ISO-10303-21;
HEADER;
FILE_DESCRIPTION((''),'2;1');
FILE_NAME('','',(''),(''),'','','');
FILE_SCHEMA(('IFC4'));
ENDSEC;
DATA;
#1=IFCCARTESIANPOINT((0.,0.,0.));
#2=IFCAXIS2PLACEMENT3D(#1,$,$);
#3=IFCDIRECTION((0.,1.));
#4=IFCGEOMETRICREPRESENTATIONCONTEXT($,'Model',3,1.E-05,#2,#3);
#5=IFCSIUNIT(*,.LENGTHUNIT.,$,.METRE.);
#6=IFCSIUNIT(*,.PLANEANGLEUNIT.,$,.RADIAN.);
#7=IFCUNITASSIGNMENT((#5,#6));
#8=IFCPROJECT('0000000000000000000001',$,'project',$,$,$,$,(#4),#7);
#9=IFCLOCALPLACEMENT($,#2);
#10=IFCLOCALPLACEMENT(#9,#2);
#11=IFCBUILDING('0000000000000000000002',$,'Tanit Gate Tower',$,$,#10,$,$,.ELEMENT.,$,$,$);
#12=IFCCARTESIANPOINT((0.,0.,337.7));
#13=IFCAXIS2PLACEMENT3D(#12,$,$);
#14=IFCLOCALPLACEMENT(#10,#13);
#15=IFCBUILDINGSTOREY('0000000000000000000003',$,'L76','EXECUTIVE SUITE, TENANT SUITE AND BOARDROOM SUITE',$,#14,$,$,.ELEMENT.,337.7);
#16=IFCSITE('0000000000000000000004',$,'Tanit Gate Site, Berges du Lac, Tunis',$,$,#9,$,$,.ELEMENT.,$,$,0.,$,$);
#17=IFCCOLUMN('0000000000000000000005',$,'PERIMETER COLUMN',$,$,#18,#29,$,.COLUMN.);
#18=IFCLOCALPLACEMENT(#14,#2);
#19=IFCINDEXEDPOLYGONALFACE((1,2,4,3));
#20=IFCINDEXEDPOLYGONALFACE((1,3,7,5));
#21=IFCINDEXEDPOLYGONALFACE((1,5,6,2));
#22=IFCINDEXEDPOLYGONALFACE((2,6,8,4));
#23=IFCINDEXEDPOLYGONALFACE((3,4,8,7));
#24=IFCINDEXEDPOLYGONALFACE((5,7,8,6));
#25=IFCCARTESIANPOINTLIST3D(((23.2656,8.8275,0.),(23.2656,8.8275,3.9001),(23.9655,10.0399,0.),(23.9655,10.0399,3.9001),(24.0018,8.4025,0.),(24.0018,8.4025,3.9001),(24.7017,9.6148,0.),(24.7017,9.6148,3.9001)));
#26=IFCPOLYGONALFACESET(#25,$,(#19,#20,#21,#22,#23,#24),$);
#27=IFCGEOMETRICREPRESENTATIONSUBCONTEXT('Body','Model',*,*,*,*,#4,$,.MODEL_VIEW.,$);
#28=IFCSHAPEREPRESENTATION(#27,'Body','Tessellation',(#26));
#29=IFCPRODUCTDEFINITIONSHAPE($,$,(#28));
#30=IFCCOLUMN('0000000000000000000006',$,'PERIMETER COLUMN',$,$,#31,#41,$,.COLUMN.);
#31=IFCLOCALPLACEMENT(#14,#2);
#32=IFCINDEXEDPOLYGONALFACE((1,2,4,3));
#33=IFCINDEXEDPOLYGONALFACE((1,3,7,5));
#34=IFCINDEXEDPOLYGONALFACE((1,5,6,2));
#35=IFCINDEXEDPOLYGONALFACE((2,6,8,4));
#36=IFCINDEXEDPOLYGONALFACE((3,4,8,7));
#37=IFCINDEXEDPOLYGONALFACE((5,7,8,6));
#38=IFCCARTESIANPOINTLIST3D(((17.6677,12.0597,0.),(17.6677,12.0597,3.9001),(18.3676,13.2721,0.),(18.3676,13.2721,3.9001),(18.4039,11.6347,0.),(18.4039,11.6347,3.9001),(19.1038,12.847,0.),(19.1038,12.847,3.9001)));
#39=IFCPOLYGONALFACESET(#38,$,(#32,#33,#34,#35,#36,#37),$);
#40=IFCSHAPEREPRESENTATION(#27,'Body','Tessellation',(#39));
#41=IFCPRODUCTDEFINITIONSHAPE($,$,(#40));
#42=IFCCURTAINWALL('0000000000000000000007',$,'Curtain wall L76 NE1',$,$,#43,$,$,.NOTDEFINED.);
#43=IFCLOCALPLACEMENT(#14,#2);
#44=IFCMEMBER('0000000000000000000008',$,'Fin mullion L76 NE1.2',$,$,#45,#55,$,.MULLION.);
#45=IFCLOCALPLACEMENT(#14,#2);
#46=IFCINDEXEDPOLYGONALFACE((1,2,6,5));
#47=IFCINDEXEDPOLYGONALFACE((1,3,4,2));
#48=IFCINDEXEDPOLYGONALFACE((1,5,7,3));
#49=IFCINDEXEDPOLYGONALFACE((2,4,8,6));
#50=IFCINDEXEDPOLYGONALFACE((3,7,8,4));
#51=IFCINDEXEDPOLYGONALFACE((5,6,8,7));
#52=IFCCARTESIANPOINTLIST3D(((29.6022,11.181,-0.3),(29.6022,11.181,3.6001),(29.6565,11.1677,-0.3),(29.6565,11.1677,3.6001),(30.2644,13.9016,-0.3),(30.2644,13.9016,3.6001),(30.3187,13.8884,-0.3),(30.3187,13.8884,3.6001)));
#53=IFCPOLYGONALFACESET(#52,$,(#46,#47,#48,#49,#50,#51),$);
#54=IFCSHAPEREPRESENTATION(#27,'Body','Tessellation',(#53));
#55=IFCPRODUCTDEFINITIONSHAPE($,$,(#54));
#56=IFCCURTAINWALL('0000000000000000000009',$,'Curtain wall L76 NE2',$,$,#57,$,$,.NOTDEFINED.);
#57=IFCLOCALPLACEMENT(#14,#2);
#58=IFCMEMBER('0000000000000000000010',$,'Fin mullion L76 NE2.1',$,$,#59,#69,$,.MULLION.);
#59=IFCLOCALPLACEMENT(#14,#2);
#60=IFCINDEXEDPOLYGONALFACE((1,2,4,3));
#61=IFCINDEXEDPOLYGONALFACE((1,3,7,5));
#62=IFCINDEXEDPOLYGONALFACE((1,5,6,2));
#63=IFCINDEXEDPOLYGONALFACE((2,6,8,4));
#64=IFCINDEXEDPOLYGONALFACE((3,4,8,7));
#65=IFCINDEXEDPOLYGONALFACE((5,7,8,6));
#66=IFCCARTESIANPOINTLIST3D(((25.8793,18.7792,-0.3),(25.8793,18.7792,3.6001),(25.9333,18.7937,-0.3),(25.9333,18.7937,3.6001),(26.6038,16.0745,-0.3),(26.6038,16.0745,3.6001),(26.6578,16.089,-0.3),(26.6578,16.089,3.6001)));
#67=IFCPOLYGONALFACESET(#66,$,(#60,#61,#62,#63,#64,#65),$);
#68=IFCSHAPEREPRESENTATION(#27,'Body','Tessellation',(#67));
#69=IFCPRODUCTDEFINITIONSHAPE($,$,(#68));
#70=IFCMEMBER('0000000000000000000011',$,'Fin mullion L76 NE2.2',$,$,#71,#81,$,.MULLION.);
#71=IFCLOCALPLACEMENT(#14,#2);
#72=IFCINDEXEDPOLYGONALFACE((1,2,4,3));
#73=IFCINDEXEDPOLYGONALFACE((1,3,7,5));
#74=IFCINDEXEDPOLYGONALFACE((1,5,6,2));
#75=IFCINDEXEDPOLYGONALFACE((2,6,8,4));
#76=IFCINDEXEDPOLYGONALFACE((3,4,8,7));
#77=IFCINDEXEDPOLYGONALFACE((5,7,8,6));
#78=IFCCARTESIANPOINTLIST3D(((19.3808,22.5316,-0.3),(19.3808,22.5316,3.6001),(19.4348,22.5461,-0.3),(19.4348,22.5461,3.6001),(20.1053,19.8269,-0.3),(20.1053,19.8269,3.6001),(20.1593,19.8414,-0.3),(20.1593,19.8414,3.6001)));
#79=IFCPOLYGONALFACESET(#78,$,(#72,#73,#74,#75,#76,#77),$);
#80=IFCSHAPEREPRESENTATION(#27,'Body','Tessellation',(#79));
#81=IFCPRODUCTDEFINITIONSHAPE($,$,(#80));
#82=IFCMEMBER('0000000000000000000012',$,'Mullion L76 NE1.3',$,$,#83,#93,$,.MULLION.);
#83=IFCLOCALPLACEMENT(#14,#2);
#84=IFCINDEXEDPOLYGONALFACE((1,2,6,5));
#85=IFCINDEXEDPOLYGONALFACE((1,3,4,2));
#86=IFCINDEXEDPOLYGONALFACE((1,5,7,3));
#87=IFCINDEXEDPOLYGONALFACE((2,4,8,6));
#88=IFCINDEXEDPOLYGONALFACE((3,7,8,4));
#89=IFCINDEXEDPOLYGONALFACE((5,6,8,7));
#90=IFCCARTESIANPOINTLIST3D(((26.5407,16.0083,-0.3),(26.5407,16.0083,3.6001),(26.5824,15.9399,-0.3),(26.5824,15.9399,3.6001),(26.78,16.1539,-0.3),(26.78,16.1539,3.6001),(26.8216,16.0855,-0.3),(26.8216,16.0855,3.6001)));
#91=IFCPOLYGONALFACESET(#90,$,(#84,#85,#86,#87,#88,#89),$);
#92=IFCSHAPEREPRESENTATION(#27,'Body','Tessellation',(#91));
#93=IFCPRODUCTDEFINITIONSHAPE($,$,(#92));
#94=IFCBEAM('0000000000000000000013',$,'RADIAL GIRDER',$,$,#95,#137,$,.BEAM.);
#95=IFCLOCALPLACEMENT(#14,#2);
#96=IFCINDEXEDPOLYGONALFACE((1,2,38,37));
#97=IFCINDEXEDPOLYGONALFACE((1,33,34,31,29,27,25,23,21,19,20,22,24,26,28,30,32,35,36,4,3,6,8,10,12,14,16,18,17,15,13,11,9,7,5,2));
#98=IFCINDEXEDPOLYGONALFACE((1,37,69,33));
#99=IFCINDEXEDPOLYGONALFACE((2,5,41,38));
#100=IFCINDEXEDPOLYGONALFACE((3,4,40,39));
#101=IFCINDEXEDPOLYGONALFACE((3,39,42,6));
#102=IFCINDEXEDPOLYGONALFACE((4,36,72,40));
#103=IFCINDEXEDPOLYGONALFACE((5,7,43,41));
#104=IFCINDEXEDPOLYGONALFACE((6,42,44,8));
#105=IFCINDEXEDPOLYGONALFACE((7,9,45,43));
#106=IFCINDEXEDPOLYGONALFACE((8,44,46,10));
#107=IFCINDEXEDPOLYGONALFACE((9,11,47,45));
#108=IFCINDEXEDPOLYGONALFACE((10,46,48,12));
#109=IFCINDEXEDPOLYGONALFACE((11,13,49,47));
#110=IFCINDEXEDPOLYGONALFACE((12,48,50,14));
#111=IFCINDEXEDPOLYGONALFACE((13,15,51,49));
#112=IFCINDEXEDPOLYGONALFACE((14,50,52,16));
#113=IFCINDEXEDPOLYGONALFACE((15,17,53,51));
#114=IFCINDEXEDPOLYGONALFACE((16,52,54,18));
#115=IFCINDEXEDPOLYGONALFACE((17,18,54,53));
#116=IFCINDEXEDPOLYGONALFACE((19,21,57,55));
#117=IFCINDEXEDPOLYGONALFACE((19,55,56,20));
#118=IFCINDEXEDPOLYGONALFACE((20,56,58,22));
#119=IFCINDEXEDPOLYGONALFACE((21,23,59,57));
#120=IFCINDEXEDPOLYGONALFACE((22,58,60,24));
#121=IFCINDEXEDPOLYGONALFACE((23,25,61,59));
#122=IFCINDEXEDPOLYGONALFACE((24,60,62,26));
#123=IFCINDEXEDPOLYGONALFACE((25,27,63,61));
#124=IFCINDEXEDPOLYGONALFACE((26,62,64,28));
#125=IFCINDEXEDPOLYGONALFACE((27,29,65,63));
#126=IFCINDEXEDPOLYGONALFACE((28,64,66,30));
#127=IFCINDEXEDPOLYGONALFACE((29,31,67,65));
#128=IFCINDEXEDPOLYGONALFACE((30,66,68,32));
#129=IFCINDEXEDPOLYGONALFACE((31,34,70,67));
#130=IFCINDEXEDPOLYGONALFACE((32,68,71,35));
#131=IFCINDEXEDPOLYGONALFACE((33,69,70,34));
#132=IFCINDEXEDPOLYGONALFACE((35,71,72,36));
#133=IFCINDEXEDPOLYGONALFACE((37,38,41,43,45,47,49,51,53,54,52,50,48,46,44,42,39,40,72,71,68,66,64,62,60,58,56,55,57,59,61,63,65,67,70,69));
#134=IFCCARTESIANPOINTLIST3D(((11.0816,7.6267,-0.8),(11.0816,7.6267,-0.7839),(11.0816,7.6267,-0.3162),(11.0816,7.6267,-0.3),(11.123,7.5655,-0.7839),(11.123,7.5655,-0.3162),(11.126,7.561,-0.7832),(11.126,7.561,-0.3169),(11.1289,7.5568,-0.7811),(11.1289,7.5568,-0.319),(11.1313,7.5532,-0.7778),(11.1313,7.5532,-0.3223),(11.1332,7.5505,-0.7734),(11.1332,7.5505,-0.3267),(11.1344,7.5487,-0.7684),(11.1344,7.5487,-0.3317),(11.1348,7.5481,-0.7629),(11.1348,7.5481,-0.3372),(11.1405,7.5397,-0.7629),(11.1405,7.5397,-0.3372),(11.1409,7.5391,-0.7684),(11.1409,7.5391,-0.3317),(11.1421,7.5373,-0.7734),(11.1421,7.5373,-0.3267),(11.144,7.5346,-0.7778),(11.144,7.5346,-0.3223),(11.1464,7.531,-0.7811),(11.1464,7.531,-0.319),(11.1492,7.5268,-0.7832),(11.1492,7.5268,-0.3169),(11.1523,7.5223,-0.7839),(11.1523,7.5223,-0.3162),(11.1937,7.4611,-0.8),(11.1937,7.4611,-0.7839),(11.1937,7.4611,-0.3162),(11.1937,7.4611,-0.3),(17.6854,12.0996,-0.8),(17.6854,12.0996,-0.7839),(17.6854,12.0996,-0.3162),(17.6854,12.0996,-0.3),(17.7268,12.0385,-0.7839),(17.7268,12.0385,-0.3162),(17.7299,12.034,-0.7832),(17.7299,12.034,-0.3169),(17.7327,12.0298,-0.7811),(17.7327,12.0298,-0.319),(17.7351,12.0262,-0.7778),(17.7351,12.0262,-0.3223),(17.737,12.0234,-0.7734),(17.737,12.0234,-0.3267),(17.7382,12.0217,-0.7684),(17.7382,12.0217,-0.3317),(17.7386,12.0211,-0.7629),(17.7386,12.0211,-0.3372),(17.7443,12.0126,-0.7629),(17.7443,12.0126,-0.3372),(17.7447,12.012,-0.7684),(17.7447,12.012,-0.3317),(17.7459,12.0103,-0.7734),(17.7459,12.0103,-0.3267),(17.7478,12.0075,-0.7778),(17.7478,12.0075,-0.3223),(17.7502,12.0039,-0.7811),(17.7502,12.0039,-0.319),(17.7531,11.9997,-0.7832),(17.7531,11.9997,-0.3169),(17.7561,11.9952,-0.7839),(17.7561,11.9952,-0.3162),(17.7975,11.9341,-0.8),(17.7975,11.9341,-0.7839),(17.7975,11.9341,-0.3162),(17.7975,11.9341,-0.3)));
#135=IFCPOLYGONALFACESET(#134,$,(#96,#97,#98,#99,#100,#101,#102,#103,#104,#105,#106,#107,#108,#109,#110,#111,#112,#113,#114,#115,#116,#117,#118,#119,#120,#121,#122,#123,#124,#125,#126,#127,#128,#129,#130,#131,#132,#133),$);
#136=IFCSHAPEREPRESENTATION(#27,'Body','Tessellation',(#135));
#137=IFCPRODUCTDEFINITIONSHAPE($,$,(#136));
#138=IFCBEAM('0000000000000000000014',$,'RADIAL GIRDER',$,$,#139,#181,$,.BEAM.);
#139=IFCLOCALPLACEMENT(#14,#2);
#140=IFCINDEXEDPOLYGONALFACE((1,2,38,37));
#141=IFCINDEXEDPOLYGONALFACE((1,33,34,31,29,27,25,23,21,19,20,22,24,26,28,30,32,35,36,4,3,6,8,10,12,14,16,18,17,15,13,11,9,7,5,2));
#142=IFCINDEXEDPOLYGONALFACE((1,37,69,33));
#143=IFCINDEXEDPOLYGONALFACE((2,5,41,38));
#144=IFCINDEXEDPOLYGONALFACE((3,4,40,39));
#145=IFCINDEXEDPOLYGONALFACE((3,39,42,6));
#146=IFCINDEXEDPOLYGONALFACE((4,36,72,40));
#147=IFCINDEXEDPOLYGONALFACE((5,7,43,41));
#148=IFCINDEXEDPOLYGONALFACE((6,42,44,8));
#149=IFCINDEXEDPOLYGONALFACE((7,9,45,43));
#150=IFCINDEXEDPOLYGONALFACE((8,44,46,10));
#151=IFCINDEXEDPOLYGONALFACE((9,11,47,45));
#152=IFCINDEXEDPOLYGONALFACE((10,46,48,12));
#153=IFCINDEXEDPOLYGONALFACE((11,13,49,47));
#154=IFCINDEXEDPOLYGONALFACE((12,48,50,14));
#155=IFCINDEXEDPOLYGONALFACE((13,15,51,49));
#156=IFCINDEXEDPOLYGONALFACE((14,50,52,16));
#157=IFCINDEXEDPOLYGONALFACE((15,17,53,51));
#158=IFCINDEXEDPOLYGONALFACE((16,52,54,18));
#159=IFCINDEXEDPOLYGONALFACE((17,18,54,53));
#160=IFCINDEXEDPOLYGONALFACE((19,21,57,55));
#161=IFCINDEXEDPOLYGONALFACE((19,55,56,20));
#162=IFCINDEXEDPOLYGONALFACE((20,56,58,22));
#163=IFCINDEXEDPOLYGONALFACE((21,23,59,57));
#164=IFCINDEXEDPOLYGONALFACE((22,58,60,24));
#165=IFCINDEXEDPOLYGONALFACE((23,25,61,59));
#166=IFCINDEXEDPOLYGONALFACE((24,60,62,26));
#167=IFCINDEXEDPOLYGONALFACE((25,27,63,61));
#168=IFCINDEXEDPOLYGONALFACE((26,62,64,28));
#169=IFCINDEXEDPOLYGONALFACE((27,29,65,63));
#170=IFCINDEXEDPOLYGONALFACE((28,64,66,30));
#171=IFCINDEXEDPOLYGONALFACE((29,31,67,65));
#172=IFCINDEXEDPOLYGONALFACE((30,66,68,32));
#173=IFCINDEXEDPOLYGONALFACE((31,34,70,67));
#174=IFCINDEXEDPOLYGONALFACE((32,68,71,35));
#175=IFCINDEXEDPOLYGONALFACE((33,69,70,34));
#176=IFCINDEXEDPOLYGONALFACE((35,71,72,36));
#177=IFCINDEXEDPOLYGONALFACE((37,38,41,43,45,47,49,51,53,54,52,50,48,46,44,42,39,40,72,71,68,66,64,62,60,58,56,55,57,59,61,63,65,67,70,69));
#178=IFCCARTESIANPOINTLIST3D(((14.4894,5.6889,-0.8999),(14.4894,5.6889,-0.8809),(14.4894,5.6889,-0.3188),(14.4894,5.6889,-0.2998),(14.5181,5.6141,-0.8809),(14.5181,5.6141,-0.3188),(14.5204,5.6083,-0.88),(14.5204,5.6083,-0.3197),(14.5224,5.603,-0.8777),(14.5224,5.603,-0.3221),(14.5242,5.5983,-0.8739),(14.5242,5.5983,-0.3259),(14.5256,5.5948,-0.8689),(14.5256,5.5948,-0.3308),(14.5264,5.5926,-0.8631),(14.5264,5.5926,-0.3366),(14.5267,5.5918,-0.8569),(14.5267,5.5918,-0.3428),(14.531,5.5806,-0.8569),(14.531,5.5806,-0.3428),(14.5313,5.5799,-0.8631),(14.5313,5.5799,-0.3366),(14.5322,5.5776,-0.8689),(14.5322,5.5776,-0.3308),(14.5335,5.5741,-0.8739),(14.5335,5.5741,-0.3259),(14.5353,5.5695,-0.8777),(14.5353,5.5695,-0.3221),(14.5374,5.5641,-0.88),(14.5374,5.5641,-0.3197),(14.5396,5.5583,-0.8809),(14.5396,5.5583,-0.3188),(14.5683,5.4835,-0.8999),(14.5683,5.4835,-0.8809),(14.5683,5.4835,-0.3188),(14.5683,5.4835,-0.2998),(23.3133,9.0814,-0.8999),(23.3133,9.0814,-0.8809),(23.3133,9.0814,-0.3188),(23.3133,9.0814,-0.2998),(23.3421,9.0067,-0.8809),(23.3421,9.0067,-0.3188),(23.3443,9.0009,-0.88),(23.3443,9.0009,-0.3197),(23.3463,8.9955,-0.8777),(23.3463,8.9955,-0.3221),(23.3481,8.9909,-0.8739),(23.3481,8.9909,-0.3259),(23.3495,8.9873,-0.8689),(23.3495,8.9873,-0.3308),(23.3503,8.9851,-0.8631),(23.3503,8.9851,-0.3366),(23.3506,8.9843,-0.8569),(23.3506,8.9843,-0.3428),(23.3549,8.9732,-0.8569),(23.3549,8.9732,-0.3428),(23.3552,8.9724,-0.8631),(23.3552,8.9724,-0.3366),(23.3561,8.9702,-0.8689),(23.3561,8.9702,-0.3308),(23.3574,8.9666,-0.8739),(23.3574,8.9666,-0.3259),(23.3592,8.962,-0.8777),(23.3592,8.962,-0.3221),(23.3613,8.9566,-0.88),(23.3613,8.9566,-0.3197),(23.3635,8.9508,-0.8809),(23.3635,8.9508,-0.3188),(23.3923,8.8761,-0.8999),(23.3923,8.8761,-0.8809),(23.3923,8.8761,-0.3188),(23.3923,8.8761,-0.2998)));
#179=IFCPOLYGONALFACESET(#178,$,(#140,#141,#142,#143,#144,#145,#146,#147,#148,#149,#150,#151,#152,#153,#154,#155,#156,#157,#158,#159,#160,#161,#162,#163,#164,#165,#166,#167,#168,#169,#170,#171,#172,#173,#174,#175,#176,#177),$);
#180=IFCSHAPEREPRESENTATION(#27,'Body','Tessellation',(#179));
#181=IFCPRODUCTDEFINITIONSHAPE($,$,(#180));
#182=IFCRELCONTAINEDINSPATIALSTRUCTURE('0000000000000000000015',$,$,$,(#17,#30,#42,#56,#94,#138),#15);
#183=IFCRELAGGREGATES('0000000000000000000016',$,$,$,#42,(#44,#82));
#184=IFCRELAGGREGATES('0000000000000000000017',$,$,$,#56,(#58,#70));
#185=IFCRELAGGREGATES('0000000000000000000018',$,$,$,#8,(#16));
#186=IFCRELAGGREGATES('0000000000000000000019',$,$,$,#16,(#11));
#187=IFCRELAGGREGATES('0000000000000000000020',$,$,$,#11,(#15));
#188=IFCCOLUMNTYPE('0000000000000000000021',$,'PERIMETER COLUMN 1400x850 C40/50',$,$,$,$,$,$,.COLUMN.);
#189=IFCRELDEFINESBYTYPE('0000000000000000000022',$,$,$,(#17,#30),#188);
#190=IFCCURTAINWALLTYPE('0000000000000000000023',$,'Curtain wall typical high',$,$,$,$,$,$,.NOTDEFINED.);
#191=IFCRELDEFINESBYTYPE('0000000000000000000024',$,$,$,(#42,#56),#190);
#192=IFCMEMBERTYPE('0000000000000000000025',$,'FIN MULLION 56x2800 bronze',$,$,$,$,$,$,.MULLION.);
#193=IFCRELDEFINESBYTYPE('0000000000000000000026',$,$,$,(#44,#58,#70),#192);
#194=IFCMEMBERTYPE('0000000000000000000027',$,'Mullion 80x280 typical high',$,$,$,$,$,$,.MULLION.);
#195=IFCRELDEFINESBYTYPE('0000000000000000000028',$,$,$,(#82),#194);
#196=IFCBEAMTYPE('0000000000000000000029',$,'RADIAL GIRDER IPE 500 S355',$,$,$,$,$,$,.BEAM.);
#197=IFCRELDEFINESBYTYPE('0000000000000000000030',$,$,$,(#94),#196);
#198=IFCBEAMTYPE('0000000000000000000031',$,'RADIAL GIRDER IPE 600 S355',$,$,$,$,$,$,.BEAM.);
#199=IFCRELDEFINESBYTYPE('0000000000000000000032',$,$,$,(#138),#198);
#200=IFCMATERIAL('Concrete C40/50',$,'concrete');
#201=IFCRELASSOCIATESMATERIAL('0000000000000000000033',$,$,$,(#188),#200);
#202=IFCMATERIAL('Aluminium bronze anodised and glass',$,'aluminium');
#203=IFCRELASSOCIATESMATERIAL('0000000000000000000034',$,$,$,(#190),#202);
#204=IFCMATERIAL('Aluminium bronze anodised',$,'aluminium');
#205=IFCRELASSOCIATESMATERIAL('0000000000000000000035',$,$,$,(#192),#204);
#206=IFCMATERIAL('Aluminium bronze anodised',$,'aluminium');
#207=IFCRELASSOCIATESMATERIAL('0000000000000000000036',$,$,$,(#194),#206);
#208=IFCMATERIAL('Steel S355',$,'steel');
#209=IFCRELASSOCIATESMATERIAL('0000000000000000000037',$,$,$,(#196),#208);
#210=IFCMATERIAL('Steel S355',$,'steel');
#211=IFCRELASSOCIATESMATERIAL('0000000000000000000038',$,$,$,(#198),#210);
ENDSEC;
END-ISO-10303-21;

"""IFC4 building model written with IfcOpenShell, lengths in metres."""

from ifc_helpers import new_model, si_unit, direction, frame, origin, origin_2d, place, context, subcontext, project, spatial, rectangle, i_section, extrude, material, material_profile, profile_set, type_object, element, aggregate, save


model = new_model("IFC4")

# Units and contexts
model_context = context("Model", 3, precision=1e-05, world=origin(), true_north=direction((0.0, 1.0)))
body_context = subcontext(model_context, "Body", "Model", "MODEL_VIEW")
ifc_project = project(units=[si_unit("LENGTHUNIT", "METRE"), si_unit("PLANEANGLEUNIT", "RADIAN")], contexts=[model_context])

# Site, building, storey
site_placement = place(None, origin())
site = spatial("IfcSite", under=ifc_project, at=site_placement, Name="Tanit Gate Site, Berges du Lac, Tunis", CompositionType="ELEMENT", RefElevation=0.0)
building_placement = place(site_placement, origin())
building = spatial("IfcBuilding", under=site, at=building_placement, Name="Tanit Gate Tower", CompositionType="ELEMENT")
storey_placement = place(building_placement, frame((0.0, 0.0, 337.7)))
storey = spatial("IfcBuildingStorey", under=building, at=storey_placement, Name="L76", Description="EXECUTIVE SUITE, TENANT SUITE AND BOARDROOM SUITE", CompositionType="ELEMENT", Elevation=337.7)

# Columns
ifc_material_1 = material(Name="Concrete C40/50", Category="concrete")
ifc_material_profile_1 = material_profile(ifc_material_1, rectangle(XDim=1.3999, YDim=0.8501, at=origin_2d()), Name="RC 1400x850")
ifc_profile_set_1 = profile_set([ifc_material_profile_1], Name="Concrete C40/50")
column_type = type_object("IfcColumnType", Name="PERIMETER COLUMN 1400x850 C40/50", PredefinedType="COLUMN", material=ifc_profile_set_1)
for number, where, z_axis, x_axis, name in (
    (1, (23.9836, 9.2212, 0.0), (0.0, 0.0, 1.0), (0.5, 0.866025, 0.0), "PERIMETER COLUMN"),
    (2, (18.3857, 12.4534, 0.0), (0.0, 0.0, 1.0), (0.5, 0.866025, 0.0), "PERIMETER COLUMN"),
):
    element("IfcColumn", number, at=place(storey_placement, frame(where, z_axis=z_axis, x_axis=x_axis)), inside=storey, type_object=column_type, Name=name, PredefinedType="COLUMN", context=body_context, shape_type="SweptSolid", body=[
        extrude(rectangle(XDim=1.3999, YDim=0.8501, at=origin_2d()), origin(), (0.0, 0.0, 1.0), 3.9001),
    ])

# Curtain wall, member
ifc_material_2 = material(Name="Aluminium bronze anodised and glass", Category="aluminium")
curtain_wall_type = type_object("IfcCurtainWallType", Name="Curtain wall typical high", PredefinedType="NOTDEFINED", material=ifc_material_2)
curtain_wall_1_placement = place(storey_placement, origin())
curtain_wall_1 = element("IfcCurtainWall", 3, at=curtain_wall_1_placement, inside=storey, type_object=curtain_wall_type, Name="Curtain wall L76 NE1", PredefinedType="NOTDEFINED")
ifc_material_3 = material(Name="Aluminium bronze anodised", Category="aluminium")
ifc_material_profile_2 = material_profile(ifc_material_3, rectangle(XDim=2.8, YDim=0.0559, at=origin_2d()), Name="56x2800 bronze fin mullion")
ifc_profile_set_2 = profile_set([ifc_material_profile_2], Name="Aluminium bronze anodised")
member_type_1 = type_object("IfcMemberType", Name="FIN MULLION 56x2800 bronze", PredefinedType="MULLION", material=ifc_profile_set_2)
member_1_placement = place(storey_placement, frame((29.9604, 12.5347, -0.3), z_axis=(0.0, 0.0, 1.0), x_axis=(-0.236496, -0.971633, 0.0)))
member_1 = element("IfcMember", 4, at=member_1_placement, type_object=member_type_1, Name="Fin mullion L76 NE1.2", PredefinedType="MULLION", context=body_context, shape_type="SweptSolid", body=[
    extrude(rectangle(XDim=2.8, YDim=0.0559, at=origin_2d()), origin(), (0.0, 0.0, 1.0), 3.9001),
])

# Curtain wall, members
curtain_wall_2_placement = place(storey_placement, origin())
curtain_wall_2 = element("IfcCurtainWall", 5, at=curtain_wall_2_placement, inside=storey, type_object=curtain_wall_type, Name="Curtain wall L76 NE2", PredefinedType="NOTDEFINED")
member_2_placement = place(storey_placement, frame((26.2686, 17.4341, -0.3), z_axis=(0.0, 0.0, 1.0), x_axis=(0.258752, -0.965944, 0.0)))
member_2 = element("IfcMember", 6, at=member_2_placement, type_object=member_type_1, Name="Fin mullion L76 NE2.1", PredefinedType="MULLION", context=body_context, shape_type="SweptSolid", body=[
    extrude(rectangle(XDim=2.8, YDim=0.0559, at=origin_2d()), origin(), (0.0, 0.0, 1.0), 3.9001),
])
member_3_placement = place(storey_placement, frame((19.77, 21.1865, -0.3), z_axis=(0.0, 0.0, 1.0), x_axis=(0.258752, -0.965944, 0.0)))
member_3 = element("IfcMember", 7, at=member_3_placement, type_object=member_type_1, Name="Fin mullion L76 NE2.2", PredefinedType="MULLION", context=body_context, shape_type="SweptSolid", body=[
    extrude(rectangle(XDim=2.8, YDim=0.0559, at=origin_2d()), origin(), (0.0, 0.0, 1.0), 3.9001),
])

# Member
ifc_material_4 = material(Name="Aluminium bronze anodised", Category="aluminium")
ifc_material_profile_3 = material_profile(ifc_material_4, rectangle(XDim=0.28, YDim=0.0801, at=origin_2d()), Name="80x280 bronze mullion")
ifc_profile_set_3 = profile_set([ifc_material_profile_3], Name="Aluminium bronze anodised")
member_type_2 = type_object("IfcMemberType", Name="Mullion 80x280 typical high", PredefinedType="MULLION", material=ifc_profile_set_3)
member_4_placement = place(storey_placement, frame((26.6812, 16.0469, -0.3), z_axis=(0.0, 0.0, 1.0), x_axis=(-0.854276, -0.51982, 0.0)))
member_4 = element("IfcMember", 8, at=member_4_placement, type_object=member_type_2, Name="Mullion L76 NE1.3", PredefinedType="MULLION", context=body_context, shape_type="SweptSolid", body=[
    extrude(rectangle(XDim=0.28, YDim=0.0801, at=origin_2d()), origin(), (0.0, 0.0, 1.0), 3.9001),
])

# Beams
ifc_material_5 = material(Name="Steel S355", Category="steel")
ifc_material_profile_4 = material_profile(ifc_material_5, i_section(OverallWidth=0.2, OverallDepth=0.5, WebThickness=0.0103, FlangeThickness=0.0161, FilletRadius=0.021, at=origin_2d()), Name="IPE 500")
ifc_profile_set_4 = profile_set([ifc_material_profile_4], Name="Steel S355")
beam_type_1 = type_object("IfcBeamType", Name="RADIAL GIRDER IPE 500 S355", PredefinedType="BEAM", material=ifc_profile_set_4)
beam_1_placement = place(storey_placement, frame((17.7415, 12.0168, -0.55), z_axis=(-0.827954, -0.560795, 0.0), x_axis=(0.560795, -0.827954, 0.0)))
element("IfcBeam", 9, at=beam_1_placement, inside=storey, type_object=beam_type_1, Name="RADIAL GIRDER", PredefinedType="BEAM", context=body_context, shape_type="SweptSolid", body=[
    extrude(i_section(OverallWidth=0.2, OverallDepth=0.5, WebThickness=0.0103, FlangeThickness=0.0161, FilletRadius=0.021, at=origin_2d()), origin(), (0.0, 0.0, 1.0), 7.9761),
])
ifc_material_6 = material(Name="Steel S355", Category="steel")
ifc_material_profile_5 = material_profile(ifc_material_6, i_section(OverallWidth=0.22, OverallDepth=0.6001, WebThickness=0.012, FlangeThickness=0.019, FilletRadius=0.0239, at=origin_2d()), Name="IPE 600")
ifc_profile_set_5 = profile_set([ifc_material_profile_5], Name="Steel S355")
beam_type_2 = type_object("IfcBeamType", Name="RADIAL GIRDER IPE 600 S355", PredefinedType="BEAM", material=ifc_profile_set_5)
beam_2_placement = place(storey_placement, frame((23.3528, 8.9788, -0.5999), z_axis=(-0.93339, -0.358863, 0.0), x_axis=(0.358863, -0.93339, 0.0)))
element("IfcBeam", 10, at=beam_2_placement, inside=storey, type_object=beam_type_2, Name="RADIAL GIRDER", PredefinedType="BEAM", context=body_context, shape_type="SweptSolid", body=[
    extrude(i_section(OverallWidth=0.22, OverallDepth=0.6001, WebThickness=0.012, FlangeThickness=0.019, FilletRadius=0.0239, at=origin_2d()), origin(), (0.0, 0.0, 1.0), 9.4536),
])

aggregate(curtain_wall_1, [member_1, member_4])
aggregate(curtain_wall_2, [member_2, member_3])

save(model, "model.ifc")
